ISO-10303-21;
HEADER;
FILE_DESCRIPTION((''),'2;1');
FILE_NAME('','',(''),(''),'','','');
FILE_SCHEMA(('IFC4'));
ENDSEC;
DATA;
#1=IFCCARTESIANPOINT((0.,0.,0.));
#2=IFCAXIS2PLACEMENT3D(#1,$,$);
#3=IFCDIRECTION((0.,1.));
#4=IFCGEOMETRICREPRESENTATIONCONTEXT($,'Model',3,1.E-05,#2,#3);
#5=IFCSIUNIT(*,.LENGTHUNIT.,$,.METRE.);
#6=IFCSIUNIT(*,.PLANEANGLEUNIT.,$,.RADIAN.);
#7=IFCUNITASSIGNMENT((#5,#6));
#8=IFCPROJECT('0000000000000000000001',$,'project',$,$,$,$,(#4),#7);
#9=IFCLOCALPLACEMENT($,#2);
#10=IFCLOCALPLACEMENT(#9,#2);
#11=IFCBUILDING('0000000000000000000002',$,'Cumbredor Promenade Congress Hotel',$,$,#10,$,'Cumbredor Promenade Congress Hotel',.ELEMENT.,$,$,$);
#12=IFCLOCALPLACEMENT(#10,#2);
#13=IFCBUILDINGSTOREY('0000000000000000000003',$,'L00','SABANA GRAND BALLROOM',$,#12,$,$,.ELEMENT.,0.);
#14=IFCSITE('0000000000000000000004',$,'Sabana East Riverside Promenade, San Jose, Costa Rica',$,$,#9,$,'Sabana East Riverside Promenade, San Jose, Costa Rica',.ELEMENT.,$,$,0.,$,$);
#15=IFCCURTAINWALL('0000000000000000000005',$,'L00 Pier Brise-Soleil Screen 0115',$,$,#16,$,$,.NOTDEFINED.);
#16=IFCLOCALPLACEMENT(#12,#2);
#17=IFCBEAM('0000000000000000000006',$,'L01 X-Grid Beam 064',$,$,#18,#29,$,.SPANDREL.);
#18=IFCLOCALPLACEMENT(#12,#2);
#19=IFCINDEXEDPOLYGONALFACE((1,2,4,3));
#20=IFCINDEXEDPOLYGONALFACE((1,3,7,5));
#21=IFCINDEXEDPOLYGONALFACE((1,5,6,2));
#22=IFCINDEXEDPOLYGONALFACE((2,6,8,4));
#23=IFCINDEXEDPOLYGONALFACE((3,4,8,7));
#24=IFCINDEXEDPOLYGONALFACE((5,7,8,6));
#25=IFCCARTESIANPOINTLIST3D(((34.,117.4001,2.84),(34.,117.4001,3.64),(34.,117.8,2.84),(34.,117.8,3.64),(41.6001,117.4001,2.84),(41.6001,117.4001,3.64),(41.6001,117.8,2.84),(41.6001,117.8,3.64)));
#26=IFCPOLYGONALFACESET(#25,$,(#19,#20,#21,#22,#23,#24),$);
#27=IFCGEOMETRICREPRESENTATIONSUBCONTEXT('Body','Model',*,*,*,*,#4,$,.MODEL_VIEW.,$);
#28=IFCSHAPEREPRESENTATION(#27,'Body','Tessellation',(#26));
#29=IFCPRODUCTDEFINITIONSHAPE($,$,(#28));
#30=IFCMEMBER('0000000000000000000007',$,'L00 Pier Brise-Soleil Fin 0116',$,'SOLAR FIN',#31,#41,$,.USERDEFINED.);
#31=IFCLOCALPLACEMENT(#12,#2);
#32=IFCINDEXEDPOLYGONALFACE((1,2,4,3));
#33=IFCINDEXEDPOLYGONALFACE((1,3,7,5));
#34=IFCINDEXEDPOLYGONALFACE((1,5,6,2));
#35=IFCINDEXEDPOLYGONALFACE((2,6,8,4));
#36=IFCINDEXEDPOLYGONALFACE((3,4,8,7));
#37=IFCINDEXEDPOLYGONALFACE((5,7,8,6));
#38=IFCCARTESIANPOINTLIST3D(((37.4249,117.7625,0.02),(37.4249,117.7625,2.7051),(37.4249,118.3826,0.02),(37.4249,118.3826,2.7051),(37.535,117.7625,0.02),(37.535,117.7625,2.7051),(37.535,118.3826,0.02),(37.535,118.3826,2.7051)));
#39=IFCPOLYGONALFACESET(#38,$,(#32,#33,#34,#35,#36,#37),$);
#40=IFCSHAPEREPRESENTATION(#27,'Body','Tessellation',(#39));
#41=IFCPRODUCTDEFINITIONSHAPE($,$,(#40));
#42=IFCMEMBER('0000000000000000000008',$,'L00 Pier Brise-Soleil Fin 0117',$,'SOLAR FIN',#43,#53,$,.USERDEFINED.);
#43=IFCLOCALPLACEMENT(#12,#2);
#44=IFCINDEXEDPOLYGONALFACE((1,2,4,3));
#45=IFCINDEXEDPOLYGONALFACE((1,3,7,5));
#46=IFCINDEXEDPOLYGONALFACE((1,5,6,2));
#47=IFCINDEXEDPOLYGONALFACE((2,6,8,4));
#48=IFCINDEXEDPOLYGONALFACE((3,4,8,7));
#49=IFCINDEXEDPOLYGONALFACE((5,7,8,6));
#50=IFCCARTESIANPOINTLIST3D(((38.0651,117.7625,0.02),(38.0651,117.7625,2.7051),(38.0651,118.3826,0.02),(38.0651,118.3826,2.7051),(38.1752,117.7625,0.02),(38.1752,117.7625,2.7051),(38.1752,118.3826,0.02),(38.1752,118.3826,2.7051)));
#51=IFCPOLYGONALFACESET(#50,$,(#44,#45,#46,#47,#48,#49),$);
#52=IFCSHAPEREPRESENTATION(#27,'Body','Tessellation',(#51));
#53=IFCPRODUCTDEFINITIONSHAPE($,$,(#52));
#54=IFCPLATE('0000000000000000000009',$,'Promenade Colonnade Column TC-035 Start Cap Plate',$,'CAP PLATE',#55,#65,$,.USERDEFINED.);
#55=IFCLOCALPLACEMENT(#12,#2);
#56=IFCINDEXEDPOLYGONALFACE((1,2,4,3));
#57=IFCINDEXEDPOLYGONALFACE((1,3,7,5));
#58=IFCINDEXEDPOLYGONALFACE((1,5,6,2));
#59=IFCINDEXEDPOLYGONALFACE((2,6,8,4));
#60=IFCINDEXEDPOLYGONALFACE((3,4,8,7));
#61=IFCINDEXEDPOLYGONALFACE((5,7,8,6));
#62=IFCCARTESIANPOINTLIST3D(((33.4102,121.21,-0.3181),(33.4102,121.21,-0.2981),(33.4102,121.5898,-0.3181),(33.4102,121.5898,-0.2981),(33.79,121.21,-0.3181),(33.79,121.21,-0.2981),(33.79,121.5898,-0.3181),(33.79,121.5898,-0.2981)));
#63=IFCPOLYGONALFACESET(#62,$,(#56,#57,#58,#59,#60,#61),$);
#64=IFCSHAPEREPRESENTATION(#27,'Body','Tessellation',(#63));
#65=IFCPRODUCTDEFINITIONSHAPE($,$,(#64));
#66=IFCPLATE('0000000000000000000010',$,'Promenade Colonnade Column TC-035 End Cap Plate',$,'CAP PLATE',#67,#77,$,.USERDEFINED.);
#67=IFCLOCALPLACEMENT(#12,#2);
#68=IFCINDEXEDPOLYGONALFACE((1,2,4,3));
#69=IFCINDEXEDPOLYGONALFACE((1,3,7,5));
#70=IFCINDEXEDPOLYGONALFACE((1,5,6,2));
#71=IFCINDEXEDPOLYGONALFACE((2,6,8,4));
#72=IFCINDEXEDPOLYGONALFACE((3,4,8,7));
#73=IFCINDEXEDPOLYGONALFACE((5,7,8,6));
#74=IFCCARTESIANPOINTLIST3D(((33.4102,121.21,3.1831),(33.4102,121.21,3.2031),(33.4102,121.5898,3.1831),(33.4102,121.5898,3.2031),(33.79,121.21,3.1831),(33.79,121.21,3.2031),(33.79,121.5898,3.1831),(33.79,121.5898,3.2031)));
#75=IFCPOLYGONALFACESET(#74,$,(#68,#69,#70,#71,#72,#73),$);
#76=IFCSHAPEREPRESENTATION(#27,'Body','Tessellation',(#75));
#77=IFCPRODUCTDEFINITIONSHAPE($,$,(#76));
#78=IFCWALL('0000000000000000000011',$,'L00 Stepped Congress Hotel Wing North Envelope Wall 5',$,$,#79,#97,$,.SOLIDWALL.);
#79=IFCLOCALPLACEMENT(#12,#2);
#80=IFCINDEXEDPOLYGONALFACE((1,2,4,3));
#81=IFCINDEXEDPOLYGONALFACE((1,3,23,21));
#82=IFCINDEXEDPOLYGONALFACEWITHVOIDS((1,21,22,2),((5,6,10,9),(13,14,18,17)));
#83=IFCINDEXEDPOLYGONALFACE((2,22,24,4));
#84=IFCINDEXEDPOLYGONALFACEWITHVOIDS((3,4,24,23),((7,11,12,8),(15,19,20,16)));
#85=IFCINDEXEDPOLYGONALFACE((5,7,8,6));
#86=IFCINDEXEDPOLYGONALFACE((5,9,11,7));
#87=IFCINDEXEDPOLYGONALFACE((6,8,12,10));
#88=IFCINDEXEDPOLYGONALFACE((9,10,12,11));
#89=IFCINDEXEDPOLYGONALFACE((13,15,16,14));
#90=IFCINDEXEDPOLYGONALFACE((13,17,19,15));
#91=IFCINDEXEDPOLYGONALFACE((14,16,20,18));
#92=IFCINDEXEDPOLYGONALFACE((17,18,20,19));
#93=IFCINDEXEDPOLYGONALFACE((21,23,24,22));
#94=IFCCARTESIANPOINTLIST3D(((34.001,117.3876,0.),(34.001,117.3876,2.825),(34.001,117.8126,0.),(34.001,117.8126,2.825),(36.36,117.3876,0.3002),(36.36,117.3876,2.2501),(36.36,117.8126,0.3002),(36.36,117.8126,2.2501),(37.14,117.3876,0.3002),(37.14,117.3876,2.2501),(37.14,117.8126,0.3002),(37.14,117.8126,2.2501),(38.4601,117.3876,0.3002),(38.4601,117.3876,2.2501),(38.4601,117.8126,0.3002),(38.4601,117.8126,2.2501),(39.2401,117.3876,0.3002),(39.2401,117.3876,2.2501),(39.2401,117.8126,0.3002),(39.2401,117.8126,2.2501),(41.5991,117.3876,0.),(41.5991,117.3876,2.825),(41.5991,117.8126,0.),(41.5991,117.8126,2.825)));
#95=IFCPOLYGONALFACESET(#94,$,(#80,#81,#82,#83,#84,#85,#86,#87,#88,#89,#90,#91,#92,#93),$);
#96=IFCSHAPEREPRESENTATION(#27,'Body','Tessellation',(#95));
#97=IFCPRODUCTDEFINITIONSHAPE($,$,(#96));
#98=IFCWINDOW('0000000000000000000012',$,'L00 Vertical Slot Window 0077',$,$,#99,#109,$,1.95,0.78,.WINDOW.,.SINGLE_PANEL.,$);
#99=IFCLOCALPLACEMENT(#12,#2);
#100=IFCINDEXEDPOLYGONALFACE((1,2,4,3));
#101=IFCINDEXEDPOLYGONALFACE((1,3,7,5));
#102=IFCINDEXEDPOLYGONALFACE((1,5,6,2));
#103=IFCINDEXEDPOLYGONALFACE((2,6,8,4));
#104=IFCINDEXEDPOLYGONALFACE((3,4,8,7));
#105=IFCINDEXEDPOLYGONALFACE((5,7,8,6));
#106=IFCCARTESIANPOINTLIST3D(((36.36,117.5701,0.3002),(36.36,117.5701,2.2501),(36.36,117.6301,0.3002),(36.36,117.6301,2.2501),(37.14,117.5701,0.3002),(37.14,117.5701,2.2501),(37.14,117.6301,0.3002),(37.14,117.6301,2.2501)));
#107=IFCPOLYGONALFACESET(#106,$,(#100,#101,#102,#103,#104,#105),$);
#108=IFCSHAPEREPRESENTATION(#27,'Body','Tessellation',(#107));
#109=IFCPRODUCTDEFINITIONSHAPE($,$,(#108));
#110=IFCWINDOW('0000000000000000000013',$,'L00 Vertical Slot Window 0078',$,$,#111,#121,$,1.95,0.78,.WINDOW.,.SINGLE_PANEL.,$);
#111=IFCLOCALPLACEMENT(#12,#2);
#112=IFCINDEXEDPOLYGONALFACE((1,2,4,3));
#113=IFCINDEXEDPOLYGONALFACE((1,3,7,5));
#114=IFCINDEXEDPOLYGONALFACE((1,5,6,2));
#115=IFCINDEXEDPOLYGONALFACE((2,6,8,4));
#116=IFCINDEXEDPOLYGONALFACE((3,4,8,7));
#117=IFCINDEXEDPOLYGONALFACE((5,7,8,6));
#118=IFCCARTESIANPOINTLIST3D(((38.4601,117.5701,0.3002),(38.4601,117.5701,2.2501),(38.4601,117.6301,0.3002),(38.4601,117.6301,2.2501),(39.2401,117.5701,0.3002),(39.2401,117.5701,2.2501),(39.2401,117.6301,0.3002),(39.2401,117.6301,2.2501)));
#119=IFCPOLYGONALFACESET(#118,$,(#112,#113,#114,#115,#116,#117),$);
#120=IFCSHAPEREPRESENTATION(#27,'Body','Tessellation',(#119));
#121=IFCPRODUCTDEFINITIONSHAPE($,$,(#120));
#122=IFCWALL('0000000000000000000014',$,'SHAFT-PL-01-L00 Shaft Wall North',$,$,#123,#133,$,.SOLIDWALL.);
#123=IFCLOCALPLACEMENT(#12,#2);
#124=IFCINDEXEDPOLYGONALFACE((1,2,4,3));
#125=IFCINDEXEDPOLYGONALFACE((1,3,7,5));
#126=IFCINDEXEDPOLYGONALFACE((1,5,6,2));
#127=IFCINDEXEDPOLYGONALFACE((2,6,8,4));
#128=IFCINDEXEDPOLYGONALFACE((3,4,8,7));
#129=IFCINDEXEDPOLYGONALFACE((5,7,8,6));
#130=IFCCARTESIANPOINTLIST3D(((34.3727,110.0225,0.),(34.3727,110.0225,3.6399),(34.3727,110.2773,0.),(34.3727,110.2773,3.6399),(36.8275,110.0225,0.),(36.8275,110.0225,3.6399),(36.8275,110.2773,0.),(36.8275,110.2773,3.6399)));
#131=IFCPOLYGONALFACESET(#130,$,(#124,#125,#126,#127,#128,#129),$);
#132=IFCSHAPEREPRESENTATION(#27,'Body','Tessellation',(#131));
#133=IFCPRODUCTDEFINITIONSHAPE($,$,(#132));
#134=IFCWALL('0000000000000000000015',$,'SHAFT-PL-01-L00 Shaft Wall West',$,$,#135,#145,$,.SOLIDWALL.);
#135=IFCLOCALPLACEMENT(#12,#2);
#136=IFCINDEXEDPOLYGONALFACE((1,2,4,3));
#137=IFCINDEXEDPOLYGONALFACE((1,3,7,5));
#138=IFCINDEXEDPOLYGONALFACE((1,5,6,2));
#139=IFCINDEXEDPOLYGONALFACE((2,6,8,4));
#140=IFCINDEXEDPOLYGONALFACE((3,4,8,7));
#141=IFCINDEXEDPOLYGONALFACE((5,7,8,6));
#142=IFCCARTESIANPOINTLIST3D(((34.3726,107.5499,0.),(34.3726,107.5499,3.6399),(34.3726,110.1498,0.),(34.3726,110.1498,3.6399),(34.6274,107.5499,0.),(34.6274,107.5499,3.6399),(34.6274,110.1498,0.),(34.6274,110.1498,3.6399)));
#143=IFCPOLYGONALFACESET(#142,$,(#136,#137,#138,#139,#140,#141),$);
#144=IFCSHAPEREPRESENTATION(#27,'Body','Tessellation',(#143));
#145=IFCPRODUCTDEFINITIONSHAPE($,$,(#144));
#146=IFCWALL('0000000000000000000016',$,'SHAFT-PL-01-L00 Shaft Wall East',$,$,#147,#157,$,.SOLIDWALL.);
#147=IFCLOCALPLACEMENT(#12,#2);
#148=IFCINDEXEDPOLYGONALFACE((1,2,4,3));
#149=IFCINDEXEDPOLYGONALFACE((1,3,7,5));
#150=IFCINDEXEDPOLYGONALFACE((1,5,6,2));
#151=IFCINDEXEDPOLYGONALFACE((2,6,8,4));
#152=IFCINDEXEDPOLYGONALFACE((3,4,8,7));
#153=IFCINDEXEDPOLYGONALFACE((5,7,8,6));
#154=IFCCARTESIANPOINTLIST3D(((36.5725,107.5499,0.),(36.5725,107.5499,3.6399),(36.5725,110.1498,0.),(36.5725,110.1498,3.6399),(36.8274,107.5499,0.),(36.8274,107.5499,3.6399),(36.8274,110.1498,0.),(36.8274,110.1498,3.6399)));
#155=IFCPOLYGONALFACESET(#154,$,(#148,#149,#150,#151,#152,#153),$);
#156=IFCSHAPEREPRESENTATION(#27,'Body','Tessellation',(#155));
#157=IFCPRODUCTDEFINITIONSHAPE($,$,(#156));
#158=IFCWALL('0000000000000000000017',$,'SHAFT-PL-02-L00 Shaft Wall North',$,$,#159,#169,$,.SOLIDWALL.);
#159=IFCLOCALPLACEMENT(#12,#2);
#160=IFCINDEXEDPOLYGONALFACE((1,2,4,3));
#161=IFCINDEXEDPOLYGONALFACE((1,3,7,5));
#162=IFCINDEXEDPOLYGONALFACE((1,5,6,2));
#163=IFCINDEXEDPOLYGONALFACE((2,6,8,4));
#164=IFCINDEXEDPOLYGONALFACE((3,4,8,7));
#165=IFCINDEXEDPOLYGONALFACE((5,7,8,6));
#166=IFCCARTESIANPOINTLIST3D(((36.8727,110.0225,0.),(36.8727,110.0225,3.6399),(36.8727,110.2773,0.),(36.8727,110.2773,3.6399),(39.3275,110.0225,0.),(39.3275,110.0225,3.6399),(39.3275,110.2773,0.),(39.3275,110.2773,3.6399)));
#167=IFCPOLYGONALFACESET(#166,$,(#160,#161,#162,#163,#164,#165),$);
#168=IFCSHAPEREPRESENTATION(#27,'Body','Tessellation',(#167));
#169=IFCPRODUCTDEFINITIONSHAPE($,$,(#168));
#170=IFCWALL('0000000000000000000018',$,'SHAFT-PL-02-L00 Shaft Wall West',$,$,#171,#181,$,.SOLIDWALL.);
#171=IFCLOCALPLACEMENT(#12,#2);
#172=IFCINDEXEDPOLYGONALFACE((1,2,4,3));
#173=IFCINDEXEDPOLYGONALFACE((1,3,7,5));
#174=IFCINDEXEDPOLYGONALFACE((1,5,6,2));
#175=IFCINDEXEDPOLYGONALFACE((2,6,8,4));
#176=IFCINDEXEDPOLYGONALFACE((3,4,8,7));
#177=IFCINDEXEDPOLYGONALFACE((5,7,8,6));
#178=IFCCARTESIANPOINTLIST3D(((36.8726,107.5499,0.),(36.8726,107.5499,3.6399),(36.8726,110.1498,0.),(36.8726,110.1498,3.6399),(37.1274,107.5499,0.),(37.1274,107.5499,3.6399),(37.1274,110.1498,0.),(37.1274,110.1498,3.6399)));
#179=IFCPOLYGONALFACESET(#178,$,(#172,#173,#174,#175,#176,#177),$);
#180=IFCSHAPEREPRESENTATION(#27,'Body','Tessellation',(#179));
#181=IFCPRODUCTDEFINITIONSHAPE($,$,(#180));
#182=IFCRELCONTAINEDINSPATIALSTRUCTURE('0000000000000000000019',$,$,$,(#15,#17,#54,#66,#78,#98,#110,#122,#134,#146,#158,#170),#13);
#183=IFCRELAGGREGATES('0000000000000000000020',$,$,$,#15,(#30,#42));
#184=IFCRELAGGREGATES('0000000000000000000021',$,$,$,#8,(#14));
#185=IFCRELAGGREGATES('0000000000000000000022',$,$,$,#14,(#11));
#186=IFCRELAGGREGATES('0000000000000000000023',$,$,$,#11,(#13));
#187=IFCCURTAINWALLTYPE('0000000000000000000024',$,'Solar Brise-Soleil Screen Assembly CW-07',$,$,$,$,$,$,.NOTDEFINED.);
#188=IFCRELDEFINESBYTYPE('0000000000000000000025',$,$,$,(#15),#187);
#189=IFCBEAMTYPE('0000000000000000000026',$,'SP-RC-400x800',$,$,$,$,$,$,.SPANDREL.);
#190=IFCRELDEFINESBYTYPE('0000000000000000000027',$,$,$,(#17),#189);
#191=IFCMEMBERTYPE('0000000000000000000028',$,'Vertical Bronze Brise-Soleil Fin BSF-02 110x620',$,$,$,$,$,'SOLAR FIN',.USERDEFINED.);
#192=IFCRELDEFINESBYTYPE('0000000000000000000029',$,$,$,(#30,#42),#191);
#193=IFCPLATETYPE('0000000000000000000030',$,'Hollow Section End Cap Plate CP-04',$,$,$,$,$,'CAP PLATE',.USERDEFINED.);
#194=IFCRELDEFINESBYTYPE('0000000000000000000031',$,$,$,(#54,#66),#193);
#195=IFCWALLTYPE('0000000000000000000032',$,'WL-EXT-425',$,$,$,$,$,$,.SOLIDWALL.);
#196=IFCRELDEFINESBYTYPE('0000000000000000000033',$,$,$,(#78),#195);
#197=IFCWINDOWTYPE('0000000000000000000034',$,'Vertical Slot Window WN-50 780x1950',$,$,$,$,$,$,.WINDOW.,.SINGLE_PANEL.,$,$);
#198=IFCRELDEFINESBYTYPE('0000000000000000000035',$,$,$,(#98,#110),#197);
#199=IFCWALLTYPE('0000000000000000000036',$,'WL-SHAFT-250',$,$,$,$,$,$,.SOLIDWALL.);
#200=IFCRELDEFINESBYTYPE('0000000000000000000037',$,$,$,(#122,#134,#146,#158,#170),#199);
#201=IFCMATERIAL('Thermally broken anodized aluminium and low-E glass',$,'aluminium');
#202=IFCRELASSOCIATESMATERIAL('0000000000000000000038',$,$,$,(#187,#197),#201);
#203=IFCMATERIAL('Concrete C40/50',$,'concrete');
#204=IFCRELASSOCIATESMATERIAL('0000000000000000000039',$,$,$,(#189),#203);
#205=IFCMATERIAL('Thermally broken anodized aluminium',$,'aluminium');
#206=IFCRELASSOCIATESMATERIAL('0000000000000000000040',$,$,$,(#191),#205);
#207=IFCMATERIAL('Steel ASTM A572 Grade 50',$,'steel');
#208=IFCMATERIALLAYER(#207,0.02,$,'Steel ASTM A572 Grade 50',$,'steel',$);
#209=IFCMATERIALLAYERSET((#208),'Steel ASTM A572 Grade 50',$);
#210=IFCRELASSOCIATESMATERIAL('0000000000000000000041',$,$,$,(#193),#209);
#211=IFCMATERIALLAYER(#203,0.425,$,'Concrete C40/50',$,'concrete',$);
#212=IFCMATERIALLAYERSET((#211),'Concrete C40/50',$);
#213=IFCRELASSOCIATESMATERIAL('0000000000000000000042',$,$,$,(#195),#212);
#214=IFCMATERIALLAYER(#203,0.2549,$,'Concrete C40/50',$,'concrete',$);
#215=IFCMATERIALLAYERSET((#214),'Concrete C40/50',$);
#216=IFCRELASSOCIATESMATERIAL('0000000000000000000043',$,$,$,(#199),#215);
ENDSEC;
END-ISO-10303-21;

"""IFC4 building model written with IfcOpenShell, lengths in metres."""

from ifc_helpers import new_model, si_unit, direction, frame, frame_2d, origin, origin_2d, place, context, subcontext, project, spatial, rectangle, extrude, material, layer, layer_set, material_profile, profile_set, type_object, element, fill, aggregate, save


model = new_model("IFC4")

# Units and contexts
model_context = context("Model", 3, precision=1e-05, world=origin(), true_north=direction((0.0, 1.0)))
body_context = subcontext(model_context, "Body", "Model", "MODEL_VIEW")
ifc_project = project(units=[si_unit("LENGTHUNIT", "METRE"), si_unit("PLANEANGLEUNIT", "RADIAN")], contexts=[model_context])

# Site, building, storey
site_placement = place(None, origin())
site = spatial("IfcSite", under=ifc_project, at=site_placement, Name="Sabana East Riverside Promenade, San Jose, Costa Rica", LongName="Sabana East Riverside Promenade, San Jose, Costa Rica", CompositionType="ELEMENT", RefElevation=0.0)
building_placement = place(site_placement, origin())
building = spatial("IfcBuilding", under=site, at=building_placement, Name="Cumbredor Promenade Congress Hotel", LongName="Cumbredor Promenade Congress Hotel", CompositionType="ELEMENT")
storey_placement = place(building_placement, origin())
storey = spatial("IfcBuildingStorey", under=building, at=storey_placement, Name="L00", Description="SABANA GRAND BALLROOM", CompositionType="ELEMENT", Elevation=0.0)

# Shared definitions
ifc_material_1 = material(Name="Concrete C40/50", Category="concrete")

# Curtain wall
ifc_material_2 = material(Name="Thermally broken anodized aluminium and low-E glass", Category="aluminium")
curtain_wall_type = type_object("IfcCurtainWallType", Name="Solar Brise-Soleil Screen Assembly CW-07", PredefinedType="NOTDEFINED", material=ifc_material_2)
curtain_wall_placement = place(storey_placement, origin())
curtain_wall = element("IfcCurtainWall", 1, at=curtain_wall_placement, inside=storey, type_object=curtain_wall_type, Name="L00 Pier Brise-Soleil Screen 0115", PredefinedType="NOTDEFINED")
ifc_material_3 = material(Name="Thermally broken anodized aluminium", Category="aluminium")

# Beam
ifc_material_profile_1 = material_profile(ifc_material_1, rectangle(XDim=0.3999, YDim=0.8, at=origin_2d()), Name="RC SPANDREL 400x800")
ifc_profile_set_1 = profile_set([ifc_material_profile_1], Name="Concrete C40/50")
beam_type_1 = type_object("IfcBeamType", Name="SP-RC-400x800", PredefinedType="SPANDREL", material=ifc_profile_set_1)
beam_1_placement = place(storey_placement, frame((34.0, 117.6001, 3.24), z_axis=(1.0, 0.0, 0.0), x_axis=(0.0, 1.0, 0.0)))
element("IfcBeam", 2, at=beam_1_placement, inside=storey, type_object=beam_type_1, Name="L01 X-Grid Beam 064", PredefinedType="SPANDREL", context=body_context, shape_type="SweptSolid", body=[
    extrude(rectangle(XDim=0.3999, YDim=0.8, at=origin_2d()), origin(), (0.0, 0.0, 1.0), 7.6001),
])

# Members
ifc_material_profile_2 = material_profile(ifc_material_3, rectangle(XDim=0.1101, YDim=0.6201, at=origin_2d()), Name="ARCH FIN 110x620")
ifc_profile_set_2 = profile_set([ifc_material_profile_2], Name="Thermally broken anodized aluminium")
member_type_1 = type_object("IfcMemberType", Name="Vertical Bronze Brise-Soleil Fin BSF-02 110x620", ElementType="SOLAR FIN", PredefinedType="USERDEFINED", material=ifc_profile_set_2)
member_1_placement = place(storey_placement, frame((37.48, 118.0725, 0.02), z_axis=(0.0, 0.0, 1.0), x_axis=(1.0, 0.0, 0.0)))
member_1 = element("IfcMember", 3, at=member_1_placement, type_object=member_type_1, Name="L00 Pier Brise-Soleil Fin 0116", ObjectType="SOLAR FIN", PredefinedType="USERDEFINED", context=body_context, shape_type="SweptSolid", body=[
    extrude(rectangle(XDim=0.1101, YDim=0.6201, at=origin_2d()), origin(), (0.0, 0.0, 1.0), 2.6851),
])
member_2_placement = place(storey_placement, frame((38.1201, 118.0725, 0.02), z_axis=(0.0, 0.0, 1.0), x_axis=(1.0, 0.0, 0.0)))
member_2 = element("IfcMember", 4, at=member_2_placement, type_object=member_type_1, Name="L00 Pier Brise-Soleil Fin 0117", ObjectType="SOLAR FIN", PredefinedType="USERDEFINED", context=body_context, shape_type="SweptSolid", body=[
    extrude(rectangle(XDim=0.1101, YDim=0.6201, at=origin_2d()), origin(), (0.0, 0.0, 1.0), 2.6851),
])
aggregate(curtain_wall, [member_1, member_2])

# Plates
ifc_material_4 = material(Name="Steel ASTM A572 Grade 50", Category="steel")
ifc_layer_1 = layer(ifc_material_4, 0.02, Name="Steel ASTM A572 Grade 50", Category="steel")
ifc_layer_set_1 = layer_set([ifc_layer_1], Name="Steel ASTM A572 Grade 50")
plate_type = type_object("IfcPlateType", Name="Hollow Section End Cap Plate CP-04", ElementType="CAP PLATE", PredefinedType="USERDEFINED", material=ifc_layer_set_1)
for number, where, z_axis, x_axis, name in (
    (5, (33.6001, 121.3999, -0.3181), (0.0, 0.0, 1.0), (1.0, 0.0, 0.0), "Promenade Colonnade Column TC-035 Start Cap Plate"),
    (6, (33.6001, 121.3999, 3.1831), (0.0, 0.0, 1.0), (1.0, 0.0, 0.0), "Promenade Colonnade Column TC-035 End Cap Plate"),
):
    element("IfcPlate", number, at=place(storey_placement, frame(where, z_axis=z_axis, x_axis=x_axis)), inside=storey, type_object=plate_type, Name=name, ObjectType="CAP PLATE", PredefinedType="USERDEFINED", context=body_context, shape_type="SweptSolid", body=[
        extrude(rectangle(XDim=0.3799, YDim=0.3799, at=origin_2d()), origin(), (0.0, 0.0, 1.0), 0.02),
    ])

# Wall, openings, windows
ifc_layer_2 = layer(ifc_material_1, 0.425, Name="Concrete C40/50", Category="concrete")
ifc_layer_set_2 = layer_set([ifc_layer_2], Name="Concrete C40/50")
wall_type_1 = type_object("IfcWallType", Name="WL-EXT-425", PredefinedType="SOLIDWALL", material=ifc_layer_set_2)
wall_1_placement = place(storey_placement, frame((34.001, 117.6001, 0.0), z_axis=(0.0, 0.0, 1.0), x_axis=(1.0, 0.0, 0.0)))
wall_1 = element("IfcWall", 7, at=wall_1_placement, inside=storey, type_object=wall_type_1, Name="L00 Stepped Congress Hotel Wing North Envelope Wall 5", PredefinedType="SOLIDWALL", context=body_context, shape_type="SweptSolid", body=[
    extrude(rectangle(XDim=7.5981, YDim=0.425, at=frame_2d((3.7991, 0.0))), origin(), (0.0, 0.0, 1.0), 2.825),
])
opening_1_placement = place(wall_1_placement, frame((2.3589, 0.0, 0.3)))
opening_1 = element("IfcOpeningElement", 8, at=opening_1_placement, cuts=wall_1, PredefinedType="OPENING", context=body_context, shape_type="SweptSolid", body=[
    extrude(rectangle(XDim=0.78, YDim=1.95, at=frame_2d((0.3901, 0.9751))), frame((0.0, 0.2227, 0.0), z_axis=(0.0, -1.0, 0.0), x_axis=(1.0, 0.0, 0.0)), (0.0, 0.0, 1.0), 0.4451),
])
opening_2_placement = place(wall_1_placement, frame((4.459, 0.0, 0.3)))
opening_2 = element("IfcOpeningElement", 9, at=opening_2_placement, cuts=wall_1, PredefinedType="OPENING", context=body_context, shape_type="SweptSolid", body=[
    extrude(rectangle(XDim=0.78, YDim=1.95, at=frame_2d((0.3901, 0.9751))), frame((0.0, 0.2227, 0.0), z_axis=(0.0, -1.0, 0.0), x_axis=(1.0, 0.0, 0.0)), (0.0, 0.0, 1.0), 0.4451),
])
window_type = type_object("IfcWindowType", Name="Vertical Slot Window WN-50 780x1950", PartitioningType="SINGLE_PANEL", PredefinedType="WINDOW", material=ifc_material_2)
window_1_placement = place(opening_1_placement, origin())
window_1 = element("IfcWindow", 10, at=window_1_placement, inside=storey, type_object=window_type, Name="L00 Vertical Slot Window 0077", OverallHeight=1.95, OverallWidth=0.78, PartitioningType="SINGLE_PANEL", PredefinedType="WINDOW", context=body_context, shape_type="SweptSolid", body=[
    extrude(rectangle(XDim=0.78, YDim=1.95, at=frame_2d((0.3901, 0.9751))), frame((0.0, 0.03, 0.0), z_axis=(0.0, -1.0, 0.0), x_axis=(1.0, 0.0, 0.0)), (0.0, 0.0, 1.0), 0.0601),
])
fill(opening_1, window_1)
window_2_placement = place(opening_2_placement, origin())
window_2 = element("IfcWindow", 11, at=window_2_placement, inside=storey, type_object=window_type, Name="L00 Vertical Slot Window 0078", OverallHeight=1.95, OverallWidth=0.78, PartitioningType="SINGLE_PANEL", PredefinedType="WINDOW", context=body_context, shape_type="SweptSolid", body=[
    extrude(rectangle(XDim=0.78, YDim=1.95, at=frame_2d((0.3901, 0.9751))), frame((0.0, 0.03, 0.0), z_axis=(0.0, -1.0, 0.0), x_axis=(1.0, 0.0, 0.0)), (0.0, 0.0, 1.0), 0.0601),
])
fill(opening_2, window_2)

# Shared definitions
ifc_layer_3 = layer(ifc_material_1, 0.2549, Name="Concrete C40/50", Category="concrete")
ifc_layer_set_3 = layer_set([ifc_layer_3], Name="Concrete C40/50")
wall_type_2 = type_object("IfcWallType", Name="WL-SHAFT-250", PredefinedType="SOLIDWALL", material=ifc_layer_set_3)

# Walls
wall_2_placement = place(storey_placement, frame((34.3726, 110.1499, 0.0), z_axis=(0.0, 0.0, 1.0), x_axis=(1.0, 0.0, 0.0)))
element("IfcWall", 12, at=wall_2_placement, inside=storey, type_object=wall_type_2, Name="SHAFT-PL-01-L00 Shaft Wall North", PredefinedType="SOLIDWALL", context=body_context, shape_type="SweptSolid", body=[
    extrude(rectangle(XDim=2.4548, YDim=0.2549, at=frame_2d((1.2275, 0.0))), origin(), (0.0, 0.0, 1.0), 3.6399),
])
for number, where, z_axis, x_axis, name in (
    (13, (34.5, 107.55, 0.0), (0.0, 0.0, 1.0), (0.0, 1.0, 0.0), "SHAFT-PL-01-L00 Shaft Wall West"),
    (14, (36.7, 107.55, 0.0), (0.0, 0.0, 1.0), (0.0, 1.0, 0.0), "SHAFT-PL-01-L00 Shaft Wall East"),
):
    element("IfcWall", number, at=place(storey_placement, frame(where, z_axis=z_axis, x_axis=x_axis)), inside=storey, type_object=wall_type_2, Name=name, PredefinedType="SOLIDWALL", context=body_context, shape_type="SweptSolid", body=[
        extrude(rectangle(XDim=2.5999, YDim=0.2549, at=frame_2d((1.2998, 0.0))), origin(), (0.0, 0.0, 1.0), 3.6399),
    ])

# Walls
wall_3_placement = place(storey_placement, frame((36.8726, 110.1499, 0.0), z_axis=(0.0, 0.0, 1.0), x_axis=(1.0, 0.0, 0.0)))
element("IfcWall", 15, at=wall_3_placement, inside=storey, type_object=wall_type_2, Name="SHAFT-PL-02-L00 Shaft Wall North", PredefinedType="SOLIDWALL", context=body_context, shape_type="SweptSolid", body=[
    extrude(rectangle(XDim=2.4548, YDim=0.2549, at=frame_2d((1.2275, 0.0))), origin(), (0.0, 0.0, 1.0), 3.6399),
])
wall_4_placement = place(storey_placement, frame((37.0, 107.55, 0.0), z_axis=(0.0, 0.0, 1.0), x_axis=(0.0, 1.0, 0.0)))
element("IfcWall", 16, at=wall_4_placement, inside=storey, type_object=wall_type_2, Name="SHAFT-PL-02-L00 Shaft Wall West", PredefinedType="SOLIDWALL", context=body_context, shape_type="SweptSolid", body=[
    extrude(rectangle(XDim=2.5999, YDim=0.2549, at=frame_2d((1.2998, 0.0))), origin(), (0.0, 0.0, 1.0), 3.6399),
])

save(model, "model.ifc")
